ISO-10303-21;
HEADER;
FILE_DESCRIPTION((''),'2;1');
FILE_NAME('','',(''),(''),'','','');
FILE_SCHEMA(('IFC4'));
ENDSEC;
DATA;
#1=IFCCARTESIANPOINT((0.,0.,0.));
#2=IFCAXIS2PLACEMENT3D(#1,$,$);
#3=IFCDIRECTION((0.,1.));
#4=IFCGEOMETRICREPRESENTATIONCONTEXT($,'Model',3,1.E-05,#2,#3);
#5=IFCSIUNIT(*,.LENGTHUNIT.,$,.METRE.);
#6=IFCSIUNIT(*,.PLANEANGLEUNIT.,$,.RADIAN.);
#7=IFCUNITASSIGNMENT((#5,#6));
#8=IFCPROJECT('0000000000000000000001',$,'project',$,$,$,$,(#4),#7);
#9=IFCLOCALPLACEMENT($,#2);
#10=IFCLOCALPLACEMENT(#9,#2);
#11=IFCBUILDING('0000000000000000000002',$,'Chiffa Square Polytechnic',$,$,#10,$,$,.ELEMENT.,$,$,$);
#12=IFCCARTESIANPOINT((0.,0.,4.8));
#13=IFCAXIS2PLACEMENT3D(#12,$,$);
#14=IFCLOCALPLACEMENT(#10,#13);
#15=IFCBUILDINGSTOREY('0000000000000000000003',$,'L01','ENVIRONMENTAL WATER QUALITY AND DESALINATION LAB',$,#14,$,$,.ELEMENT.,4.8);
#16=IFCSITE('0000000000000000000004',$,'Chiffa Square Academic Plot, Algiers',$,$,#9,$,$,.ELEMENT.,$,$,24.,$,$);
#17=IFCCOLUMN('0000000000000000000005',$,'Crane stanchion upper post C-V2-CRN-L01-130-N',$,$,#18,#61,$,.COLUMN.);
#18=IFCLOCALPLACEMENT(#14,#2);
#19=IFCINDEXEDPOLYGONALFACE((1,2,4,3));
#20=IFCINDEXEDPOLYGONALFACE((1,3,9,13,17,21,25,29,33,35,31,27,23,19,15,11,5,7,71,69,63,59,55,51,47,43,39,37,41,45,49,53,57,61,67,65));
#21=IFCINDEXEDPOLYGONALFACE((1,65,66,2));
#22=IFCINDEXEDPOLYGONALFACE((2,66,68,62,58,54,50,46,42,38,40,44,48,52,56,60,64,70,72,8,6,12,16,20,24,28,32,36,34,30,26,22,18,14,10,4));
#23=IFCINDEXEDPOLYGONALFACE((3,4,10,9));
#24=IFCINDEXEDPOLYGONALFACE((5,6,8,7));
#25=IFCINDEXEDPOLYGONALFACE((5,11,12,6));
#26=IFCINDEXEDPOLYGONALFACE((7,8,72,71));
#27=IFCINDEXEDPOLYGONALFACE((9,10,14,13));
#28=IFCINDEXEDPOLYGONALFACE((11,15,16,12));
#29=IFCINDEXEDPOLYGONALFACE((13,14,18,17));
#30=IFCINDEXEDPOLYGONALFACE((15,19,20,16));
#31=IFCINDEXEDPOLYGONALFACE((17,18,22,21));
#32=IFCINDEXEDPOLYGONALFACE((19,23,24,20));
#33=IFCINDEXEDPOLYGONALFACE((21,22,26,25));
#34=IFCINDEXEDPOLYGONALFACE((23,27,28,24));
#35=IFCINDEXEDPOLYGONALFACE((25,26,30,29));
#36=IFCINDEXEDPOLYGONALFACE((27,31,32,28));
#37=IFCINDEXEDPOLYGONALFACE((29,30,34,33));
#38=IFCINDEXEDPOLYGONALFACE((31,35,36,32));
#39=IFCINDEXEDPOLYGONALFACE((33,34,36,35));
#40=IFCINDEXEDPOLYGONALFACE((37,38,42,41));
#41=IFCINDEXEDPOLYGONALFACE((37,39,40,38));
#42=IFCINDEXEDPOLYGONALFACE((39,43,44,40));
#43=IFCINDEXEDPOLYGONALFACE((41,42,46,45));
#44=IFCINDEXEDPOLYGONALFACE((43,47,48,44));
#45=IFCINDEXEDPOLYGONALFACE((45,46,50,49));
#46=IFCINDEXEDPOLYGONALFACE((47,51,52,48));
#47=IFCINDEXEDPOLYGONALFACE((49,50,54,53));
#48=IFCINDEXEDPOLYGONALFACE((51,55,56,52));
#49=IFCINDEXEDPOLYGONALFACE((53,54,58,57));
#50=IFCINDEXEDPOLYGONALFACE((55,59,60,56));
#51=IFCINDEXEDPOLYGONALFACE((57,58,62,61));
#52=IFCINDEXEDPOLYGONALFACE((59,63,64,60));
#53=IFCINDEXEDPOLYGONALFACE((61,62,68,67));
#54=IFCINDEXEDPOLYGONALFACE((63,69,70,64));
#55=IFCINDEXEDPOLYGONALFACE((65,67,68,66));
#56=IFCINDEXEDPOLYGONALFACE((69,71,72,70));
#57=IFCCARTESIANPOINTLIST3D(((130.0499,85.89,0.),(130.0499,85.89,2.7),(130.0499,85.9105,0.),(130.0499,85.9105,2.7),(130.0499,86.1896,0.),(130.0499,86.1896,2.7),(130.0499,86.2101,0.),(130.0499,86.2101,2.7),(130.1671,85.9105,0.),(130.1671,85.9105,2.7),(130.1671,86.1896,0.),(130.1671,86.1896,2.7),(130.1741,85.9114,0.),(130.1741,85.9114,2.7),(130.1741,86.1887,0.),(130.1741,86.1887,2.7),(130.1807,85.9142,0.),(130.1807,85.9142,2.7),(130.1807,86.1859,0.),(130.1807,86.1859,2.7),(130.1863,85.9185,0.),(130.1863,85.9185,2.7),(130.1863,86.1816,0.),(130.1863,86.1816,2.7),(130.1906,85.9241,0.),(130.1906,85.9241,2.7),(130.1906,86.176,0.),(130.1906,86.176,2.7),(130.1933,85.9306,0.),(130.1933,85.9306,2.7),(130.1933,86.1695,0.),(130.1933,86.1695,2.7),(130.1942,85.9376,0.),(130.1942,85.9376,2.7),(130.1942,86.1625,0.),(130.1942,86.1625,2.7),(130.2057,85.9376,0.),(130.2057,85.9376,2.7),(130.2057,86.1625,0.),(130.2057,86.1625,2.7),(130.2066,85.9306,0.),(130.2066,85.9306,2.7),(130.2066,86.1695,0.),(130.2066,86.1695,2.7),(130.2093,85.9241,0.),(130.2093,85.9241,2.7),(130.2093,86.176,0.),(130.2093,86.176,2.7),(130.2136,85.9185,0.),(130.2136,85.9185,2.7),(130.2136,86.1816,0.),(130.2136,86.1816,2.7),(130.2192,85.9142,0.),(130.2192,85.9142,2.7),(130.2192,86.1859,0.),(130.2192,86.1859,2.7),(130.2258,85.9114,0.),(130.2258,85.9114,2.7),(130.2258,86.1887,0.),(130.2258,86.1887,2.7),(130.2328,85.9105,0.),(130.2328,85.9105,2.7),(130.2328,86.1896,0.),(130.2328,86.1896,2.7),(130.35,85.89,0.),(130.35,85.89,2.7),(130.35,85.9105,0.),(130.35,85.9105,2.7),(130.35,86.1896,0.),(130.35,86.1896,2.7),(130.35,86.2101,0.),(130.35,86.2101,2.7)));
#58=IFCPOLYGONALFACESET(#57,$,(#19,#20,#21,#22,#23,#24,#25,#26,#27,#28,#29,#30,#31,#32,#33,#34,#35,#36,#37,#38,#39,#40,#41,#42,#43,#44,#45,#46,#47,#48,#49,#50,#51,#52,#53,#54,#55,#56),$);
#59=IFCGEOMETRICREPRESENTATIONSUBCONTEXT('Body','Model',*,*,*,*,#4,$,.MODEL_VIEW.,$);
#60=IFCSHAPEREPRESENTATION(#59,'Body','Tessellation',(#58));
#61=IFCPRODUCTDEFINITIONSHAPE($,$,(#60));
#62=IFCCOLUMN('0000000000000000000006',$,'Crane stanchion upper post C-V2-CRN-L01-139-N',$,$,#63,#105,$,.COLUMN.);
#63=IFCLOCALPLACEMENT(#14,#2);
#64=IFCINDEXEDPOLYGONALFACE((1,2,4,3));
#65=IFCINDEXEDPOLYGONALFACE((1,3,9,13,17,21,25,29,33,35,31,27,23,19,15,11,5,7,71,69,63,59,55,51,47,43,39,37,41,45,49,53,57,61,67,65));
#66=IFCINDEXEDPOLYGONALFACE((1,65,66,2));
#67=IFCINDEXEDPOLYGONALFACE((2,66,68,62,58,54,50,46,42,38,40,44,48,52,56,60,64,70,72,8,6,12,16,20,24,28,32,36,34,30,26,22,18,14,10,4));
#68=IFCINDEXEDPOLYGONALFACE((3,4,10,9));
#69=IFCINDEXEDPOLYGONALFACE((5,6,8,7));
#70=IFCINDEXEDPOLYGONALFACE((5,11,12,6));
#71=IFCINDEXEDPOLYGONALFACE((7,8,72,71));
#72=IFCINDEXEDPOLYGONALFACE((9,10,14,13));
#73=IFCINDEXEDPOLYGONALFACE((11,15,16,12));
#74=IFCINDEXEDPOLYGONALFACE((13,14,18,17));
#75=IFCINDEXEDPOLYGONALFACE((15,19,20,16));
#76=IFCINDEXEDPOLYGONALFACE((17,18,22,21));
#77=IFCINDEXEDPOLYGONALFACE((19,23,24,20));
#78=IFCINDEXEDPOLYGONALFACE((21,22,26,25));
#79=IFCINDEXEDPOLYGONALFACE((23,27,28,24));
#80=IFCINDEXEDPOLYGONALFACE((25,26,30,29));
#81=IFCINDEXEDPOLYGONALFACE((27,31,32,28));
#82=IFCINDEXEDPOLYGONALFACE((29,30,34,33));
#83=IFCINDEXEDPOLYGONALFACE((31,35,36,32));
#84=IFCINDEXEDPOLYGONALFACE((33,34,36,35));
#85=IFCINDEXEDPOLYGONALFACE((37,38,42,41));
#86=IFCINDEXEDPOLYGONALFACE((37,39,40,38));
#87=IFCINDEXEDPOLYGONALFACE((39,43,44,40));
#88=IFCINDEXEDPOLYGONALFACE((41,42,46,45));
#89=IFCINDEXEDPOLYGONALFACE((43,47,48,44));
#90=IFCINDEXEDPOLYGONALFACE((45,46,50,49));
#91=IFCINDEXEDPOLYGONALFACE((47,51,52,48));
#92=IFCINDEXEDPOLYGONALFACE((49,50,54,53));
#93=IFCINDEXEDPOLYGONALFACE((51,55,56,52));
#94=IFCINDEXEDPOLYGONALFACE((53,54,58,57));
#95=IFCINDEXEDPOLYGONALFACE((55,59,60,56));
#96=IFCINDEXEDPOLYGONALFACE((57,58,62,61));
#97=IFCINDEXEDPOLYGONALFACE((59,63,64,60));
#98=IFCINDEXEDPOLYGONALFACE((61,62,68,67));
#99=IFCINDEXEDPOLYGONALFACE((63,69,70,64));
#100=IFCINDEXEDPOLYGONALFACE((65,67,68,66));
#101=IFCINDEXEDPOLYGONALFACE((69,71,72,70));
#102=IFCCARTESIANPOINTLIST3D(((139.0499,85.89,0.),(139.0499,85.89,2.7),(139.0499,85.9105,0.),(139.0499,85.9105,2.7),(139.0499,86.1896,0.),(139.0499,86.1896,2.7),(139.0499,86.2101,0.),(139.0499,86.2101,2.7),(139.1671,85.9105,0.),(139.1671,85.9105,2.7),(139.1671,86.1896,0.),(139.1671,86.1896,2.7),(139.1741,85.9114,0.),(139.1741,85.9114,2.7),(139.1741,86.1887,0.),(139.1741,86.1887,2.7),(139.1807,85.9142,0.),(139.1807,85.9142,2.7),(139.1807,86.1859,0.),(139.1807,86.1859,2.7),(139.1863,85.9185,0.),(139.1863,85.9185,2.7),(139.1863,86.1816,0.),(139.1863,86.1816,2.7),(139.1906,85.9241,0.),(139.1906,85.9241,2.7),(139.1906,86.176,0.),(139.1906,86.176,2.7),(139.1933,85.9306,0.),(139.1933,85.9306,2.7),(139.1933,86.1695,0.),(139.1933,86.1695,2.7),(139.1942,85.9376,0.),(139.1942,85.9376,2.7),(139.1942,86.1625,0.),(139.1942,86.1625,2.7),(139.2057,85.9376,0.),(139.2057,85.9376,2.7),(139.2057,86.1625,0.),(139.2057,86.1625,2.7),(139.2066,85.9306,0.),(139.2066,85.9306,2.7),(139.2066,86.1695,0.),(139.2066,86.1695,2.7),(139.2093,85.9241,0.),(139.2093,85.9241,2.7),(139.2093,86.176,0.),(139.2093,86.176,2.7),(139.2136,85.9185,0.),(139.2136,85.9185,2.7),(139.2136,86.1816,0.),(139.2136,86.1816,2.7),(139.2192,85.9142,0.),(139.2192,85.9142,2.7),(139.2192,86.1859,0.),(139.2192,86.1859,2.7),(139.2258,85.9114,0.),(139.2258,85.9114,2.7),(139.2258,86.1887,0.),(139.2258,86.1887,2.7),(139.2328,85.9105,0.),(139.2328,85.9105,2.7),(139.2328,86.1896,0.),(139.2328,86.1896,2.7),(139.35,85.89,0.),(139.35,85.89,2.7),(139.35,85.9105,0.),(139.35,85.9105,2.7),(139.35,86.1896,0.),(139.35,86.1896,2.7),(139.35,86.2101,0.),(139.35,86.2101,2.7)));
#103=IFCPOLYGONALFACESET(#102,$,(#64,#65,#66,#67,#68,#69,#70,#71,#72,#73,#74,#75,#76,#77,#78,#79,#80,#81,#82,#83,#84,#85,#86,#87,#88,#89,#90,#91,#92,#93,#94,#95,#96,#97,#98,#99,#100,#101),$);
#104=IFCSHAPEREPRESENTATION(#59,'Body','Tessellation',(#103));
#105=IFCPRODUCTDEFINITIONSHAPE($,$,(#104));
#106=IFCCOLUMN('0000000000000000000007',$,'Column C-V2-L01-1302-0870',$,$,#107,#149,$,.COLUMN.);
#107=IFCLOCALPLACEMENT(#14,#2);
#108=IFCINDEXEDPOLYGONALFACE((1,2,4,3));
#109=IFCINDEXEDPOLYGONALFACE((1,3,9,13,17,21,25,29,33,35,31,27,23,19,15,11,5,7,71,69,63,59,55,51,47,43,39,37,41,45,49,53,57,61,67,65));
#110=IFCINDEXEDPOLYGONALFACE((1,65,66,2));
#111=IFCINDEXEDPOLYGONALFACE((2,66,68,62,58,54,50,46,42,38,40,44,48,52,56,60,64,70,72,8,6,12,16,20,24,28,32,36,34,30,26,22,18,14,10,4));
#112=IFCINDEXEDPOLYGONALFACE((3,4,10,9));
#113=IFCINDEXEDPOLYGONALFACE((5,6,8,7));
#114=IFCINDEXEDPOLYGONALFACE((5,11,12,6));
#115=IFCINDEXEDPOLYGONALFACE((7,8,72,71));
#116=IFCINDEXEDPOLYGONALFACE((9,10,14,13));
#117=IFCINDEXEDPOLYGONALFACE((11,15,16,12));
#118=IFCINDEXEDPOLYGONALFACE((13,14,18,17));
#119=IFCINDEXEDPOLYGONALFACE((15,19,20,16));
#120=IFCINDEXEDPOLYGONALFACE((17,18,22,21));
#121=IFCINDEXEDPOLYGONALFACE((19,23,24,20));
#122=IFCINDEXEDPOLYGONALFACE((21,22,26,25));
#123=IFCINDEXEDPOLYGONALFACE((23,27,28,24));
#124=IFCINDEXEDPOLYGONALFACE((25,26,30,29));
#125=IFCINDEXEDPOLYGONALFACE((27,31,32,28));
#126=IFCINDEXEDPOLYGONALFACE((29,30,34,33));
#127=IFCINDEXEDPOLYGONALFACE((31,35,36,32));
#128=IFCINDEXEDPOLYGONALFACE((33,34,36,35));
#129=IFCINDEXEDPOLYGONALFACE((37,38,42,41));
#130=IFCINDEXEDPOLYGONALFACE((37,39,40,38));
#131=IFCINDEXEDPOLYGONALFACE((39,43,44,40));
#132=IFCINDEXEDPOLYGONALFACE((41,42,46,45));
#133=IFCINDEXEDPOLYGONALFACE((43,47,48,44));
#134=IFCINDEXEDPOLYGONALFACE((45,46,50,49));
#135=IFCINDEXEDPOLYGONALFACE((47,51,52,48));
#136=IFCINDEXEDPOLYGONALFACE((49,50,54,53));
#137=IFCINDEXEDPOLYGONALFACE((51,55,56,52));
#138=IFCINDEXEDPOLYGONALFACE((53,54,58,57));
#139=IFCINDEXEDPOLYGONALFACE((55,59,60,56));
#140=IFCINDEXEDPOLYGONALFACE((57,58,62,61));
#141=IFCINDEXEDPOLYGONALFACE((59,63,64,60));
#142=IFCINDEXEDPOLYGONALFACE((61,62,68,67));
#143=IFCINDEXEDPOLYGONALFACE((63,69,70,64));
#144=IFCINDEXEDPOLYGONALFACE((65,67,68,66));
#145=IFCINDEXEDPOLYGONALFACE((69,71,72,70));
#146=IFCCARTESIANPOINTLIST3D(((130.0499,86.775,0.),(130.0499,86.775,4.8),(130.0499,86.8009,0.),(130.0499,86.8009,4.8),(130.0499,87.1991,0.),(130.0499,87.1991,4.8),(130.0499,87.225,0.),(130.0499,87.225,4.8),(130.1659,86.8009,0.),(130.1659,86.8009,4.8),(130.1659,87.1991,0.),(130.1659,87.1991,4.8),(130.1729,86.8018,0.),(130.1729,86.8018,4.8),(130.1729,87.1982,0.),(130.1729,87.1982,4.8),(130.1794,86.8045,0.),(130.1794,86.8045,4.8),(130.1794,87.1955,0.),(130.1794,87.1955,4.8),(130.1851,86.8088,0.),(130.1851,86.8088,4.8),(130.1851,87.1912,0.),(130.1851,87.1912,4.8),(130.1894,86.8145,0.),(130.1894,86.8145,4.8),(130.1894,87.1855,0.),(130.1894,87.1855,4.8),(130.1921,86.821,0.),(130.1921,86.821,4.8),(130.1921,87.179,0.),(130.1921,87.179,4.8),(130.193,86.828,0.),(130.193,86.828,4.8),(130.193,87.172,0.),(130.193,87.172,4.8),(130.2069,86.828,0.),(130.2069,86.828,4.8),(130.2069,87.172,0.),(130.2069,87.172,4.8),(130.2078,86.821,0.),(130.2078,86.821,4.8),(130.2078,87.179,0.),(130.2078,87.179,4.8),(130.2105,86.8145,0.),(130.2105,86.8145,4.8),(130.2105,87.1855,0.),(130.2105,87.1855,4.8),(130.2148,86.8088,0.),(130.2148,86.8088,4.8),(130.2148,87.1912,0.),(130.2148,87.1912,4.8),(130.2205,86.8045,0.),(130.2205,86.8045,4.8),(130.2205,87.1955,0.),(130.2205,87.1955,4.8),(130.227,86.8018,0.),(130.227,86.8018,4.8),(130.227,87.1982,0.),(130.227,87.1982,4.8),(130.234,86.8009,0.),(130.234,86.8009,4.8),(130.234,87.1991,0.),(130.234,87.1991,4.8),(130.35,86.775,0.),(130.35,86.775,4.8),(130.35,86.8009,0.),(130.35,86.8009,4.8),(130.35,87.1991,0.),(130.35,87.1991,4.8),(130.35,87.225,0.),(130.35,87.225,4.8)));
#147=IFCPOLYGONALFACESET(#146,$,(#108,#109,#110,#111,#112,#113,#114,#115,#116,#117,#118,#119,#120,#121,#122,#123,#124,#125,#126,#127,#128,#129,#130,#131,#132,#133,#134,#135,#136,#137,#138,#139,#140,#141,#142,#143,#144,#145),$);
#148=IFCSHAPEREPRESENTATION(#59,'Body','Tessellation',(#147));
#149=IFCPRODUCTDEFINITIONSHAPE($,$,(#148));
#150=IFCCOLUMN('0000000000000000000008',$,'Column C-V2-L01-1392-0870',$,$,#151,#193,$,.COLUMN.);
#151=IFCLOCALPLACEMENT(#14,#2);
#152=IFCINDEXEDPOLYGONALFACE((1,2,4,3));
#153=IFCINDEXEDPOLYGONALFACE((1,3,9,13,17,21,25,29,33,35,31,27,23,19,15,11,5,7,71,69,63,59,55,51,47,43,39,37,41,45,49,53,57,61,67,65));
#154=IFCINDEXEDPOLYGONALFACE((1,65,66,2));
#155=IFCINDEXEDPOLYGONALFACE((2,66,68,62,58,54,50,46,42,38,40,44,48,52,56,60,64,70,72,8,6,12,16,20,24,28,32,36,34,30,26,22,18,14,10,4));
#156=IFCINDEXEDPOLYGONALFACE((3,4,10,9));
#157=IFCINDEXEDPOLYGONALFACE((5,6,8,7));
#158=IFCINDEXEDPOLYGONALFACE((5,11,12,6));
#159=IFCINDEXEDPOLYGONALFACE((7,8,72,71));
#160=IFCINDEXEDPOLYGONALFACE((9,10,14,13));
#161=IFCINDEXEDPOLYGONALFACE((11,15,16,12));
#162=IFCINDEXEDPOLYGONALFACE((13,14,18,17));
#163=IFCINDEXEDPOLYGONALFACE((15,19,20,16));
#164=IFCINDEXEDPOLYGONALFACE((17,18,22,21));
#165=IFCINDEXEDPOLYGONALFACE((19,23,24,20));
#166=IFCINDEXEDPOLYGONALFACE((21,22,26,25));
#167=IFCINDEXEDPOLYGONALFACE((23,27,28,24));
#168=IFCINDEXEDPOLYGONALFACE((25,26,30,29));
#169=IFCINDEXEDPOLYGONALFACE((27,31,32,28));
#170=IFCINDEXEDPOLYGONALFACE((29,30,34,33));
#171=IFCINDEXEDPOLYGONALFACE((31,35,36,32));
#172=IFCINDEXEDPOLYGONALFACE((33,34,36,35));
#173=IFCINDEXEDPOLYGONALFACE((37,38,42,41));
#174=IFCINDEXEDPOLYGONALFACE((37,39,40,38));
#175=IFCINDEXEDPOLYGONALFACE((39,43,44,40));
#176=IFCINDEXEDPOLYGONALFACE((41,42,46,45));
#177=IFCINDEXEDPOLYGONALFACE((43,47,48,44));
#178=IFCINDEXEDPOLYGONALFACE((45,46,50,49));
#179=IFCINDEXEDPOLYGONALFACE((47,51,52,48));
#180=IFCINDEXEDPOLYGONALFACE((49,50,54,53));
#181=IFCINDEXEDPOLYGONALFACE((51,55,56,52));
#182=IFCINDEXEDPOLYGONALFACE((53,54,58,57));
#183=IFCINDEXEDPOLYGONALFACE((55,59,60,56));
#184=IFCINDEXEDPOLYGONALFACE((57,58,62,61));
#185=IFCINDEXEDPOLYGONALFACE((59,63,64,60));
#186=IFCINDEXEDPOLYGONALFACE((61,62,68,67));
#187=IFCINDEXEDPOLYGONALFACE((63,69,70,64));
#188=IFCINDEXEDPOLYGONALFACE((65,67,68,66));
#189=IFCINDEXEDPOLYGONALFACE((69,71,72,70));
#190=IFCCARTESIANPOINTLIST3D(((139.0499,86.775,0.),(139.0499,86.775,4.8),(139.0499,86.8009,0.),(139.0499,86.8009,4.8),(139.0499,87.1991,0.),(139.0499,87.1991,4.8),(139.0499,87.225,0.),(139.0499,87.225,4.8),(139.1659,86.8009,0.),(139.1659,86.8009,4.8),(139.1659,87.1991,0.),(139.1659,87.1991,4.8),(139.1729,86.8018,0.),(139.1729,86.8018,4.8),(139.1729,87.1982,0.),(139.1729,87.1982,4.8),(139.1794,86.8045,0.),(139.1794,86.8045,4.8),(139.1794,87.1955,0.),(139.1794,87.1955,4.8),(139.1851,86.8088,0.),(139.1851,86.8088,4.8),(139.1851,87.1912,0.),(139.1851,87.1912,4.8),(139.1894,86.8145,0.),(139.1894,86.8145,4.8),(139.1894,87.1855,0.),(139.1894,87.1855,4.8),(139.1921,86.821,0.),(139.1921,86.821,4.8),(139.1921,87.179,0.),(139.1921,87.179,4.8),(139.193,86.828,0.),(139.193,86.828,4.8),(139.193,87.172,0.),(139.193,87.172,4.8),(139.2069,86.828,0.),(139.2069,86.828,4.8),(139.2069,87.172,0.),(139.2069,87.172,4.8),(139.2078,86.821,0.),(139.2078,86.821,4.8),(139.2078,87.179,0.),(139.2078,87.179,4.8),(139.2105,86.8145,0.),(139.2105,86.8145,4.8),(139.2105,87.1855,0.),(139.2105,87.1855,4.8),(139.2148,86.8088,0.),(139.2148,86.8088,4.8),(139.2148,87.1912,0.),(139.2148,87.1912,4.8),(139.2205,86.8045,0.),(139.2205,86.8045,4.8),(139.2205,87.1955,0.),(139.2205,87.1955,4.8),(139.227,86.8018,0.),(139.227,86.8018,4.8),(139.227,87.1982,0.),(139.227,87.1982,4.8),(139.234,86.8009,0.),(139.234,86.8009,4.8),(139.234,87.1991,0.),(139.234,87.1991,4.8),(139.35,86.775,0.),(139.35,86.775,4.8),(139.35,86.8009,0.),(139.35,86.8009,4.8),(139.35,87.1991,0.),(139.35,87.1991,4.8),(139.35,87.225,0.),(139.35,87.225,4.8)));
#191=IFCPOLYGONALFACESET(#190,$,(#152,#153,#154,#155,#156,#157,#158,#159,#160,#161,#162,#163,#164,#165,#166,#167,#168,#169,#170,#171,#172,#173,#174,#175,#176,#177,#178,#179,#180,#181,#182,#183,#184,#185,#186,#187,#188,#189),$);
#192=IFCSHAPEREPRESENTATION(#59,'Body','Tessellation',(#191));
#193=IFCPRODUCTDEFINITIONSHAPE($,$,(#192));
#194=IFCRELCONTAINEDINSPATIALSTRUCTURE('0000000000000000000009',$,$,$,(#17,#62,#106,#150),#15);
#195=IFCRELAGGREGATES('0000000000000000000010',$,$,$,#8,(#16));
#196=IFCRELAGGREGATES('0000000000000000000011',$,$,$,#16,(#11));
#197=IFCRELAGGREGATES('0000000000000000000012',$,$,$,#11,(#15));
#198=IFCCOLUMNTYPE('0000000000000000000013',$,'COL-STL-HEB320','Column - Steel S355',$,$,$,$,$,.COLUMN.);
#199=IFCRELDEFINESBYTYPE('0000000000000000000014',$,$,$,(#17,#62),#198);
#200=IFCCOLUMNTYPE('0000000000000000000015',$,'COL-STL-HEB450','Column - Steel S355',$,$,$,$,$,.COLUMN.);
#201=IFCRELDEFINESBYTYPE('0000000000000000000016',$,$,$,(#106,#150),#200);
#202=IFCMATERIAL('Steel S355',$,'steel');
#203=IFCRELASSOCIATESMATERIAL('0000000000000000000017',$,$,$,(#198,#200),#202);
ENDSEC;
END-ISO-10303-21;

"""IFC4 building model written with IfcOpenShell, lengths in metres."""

from ifc_helpers import new_model, si_unit, direction, frame, origin, origin_2d, place, context, subcontext, project, spatial, i_section, extrude, material, material_profile, profile_set, type_object, element, save


model = new_model("IFC4")

# Units and contexts
model_context = context("Model", 3, precision=1e-05, world=origin(), true_north=direction((0.0, 1.0)))
body_context = subcontext(model_context, "Body", "Model", "MODEL_VIEW")
ifc_project = project(units=[si_unit("LENGTHUNIT", "METRE"), si_unit("PLANEANGLEUNIT", "RADIAN")], contexts=[model_context])

# Site, building, storey
site_placement = place(None, origin())
site = spatial("IfcSite", under=ifc_project, at=site_placement, Name="Chiffa Square Academic Plot, Algiers", CompositionType="ELEMENT", RefElevation=24.0)
building_placement = place(site_placement, origin())
building = spatial("IfcBuilding", under=site, at=building_placement, Name="Chiffa Square Polytechnic", CompositionType="ELEMENT")
storey_placement = place(building_placement, frame((0.0, 0.0, 4.8)))
storey = spatial("IfcBuildingStorey", under=building, at=storey_placement, Name="L01", Description="ENVIRONMENTAL WATER QUALITY AND DESALINATION LAB", CompositionType="ELEMENT", Elevation=4.8)

# Columns
ifc_material_1 = material(Name="Steel S355", Category="steel")
ifc_material_profile_1 = material_profile(ifc_material_1, i_section(OverallWidth=0.3, OverallDepth=0.3201, WebThickness=0.0115, FlangeThickness=0.0205, FilletRadius=0.0271, at=origin_2d()), Name="HEB 320")
ifc_profile_set_1 = profile_set([ifc_material_profile_1], Name="Steel S355")
column_type_1 = type_object("IfcColumnType", Name="COL-STL-HEB320", Description="Column - Steel S355", PredefinedType="COLUMN", material=ifc_profile_set_1)
for number, where, z_axis, x_axis, name in (
    (1, (130.2, 86.05, 0.0), (0.0, 0.0, 1.0), (1.0, 0.0, 0.0), "Crane stanchion upper post C-V2-CRN-L01-130-N"),
    (2, (139.2, 86.05, 0.0), (0.0, 0.0, 1.0), (1.0, 0.0, 0.0), "Crane stanchion upper post C-V2-CRN-L01-139-N"),
):
    element("IfcColumn", number, at=place(storey_placement, frame(where, z_axis=z_axis, x_axis=x_axis)), inside=storey, type_object=column_type_1, Name=name, PredefinedType="COLUMN", context=body_context, shape_type="SweptSolid", body=[
        extrude(i_section(OverallWidth=0.3, OverallDepth=0.3201, WebThickness=0.0115, FlangeThickness=0.0205, FilletRadius=0.0271, at=origin_2d()), origin(), (0.0, 0.0, 1.0), 2.7),
    ])
ifc_material_profile_2 = material_profile(ifc_material_1, i_section(OverallWidth=0.3, OverallDepth=0.45, WebThickness=0.0139, FlangeThickness=0.0259, FilletRadius=0.0271, at=origin_2d()), Name="HEB 450")
ifc_profile_set_2 = profile_set([ifc_material_profile_2], Name="Steel S355")
column_type_2 = type_object("IfcColumnType", Name="COL-STL-HEB450", Description="Column - Steel S355", PredefinedType="COLUMN", material=ifc_profile_set_2)
for number, where, z_axis, x_axis, name in (
    (3, (130.2, 87.0, 0.0), (0.0, 0.0, 1.0), (1.0, 0.0, 0.0), "Column C-V2-L01-1302-0870"),
    (4, (139.2, 87.0, 0.0), (0.0, 0.0, 1.0), (1.0, 0.0, 0.0), "Column C-V2-L01-1392-0870"),
):
    element("IfcColumn", number, at=place(storey_placement, frame(where, z_axis=z_axis, x_axis=x_axis)), inside=storey, type_object=column_type_2, Name=name, PredefinedType="COLUMN", context=body_context, shape_type="SweptSolid", body=[
        extrude(i_section(OverallWidth=0.3, OverallDepth=0.45, WebThickness=0.0139, FlangeThickness=0.0259, FilletRadius=0.0271, at=origin_2d()), origin(), (0.0, 0.0, 1.0), 4.8),
    ])

save(model, "model.ifc")
